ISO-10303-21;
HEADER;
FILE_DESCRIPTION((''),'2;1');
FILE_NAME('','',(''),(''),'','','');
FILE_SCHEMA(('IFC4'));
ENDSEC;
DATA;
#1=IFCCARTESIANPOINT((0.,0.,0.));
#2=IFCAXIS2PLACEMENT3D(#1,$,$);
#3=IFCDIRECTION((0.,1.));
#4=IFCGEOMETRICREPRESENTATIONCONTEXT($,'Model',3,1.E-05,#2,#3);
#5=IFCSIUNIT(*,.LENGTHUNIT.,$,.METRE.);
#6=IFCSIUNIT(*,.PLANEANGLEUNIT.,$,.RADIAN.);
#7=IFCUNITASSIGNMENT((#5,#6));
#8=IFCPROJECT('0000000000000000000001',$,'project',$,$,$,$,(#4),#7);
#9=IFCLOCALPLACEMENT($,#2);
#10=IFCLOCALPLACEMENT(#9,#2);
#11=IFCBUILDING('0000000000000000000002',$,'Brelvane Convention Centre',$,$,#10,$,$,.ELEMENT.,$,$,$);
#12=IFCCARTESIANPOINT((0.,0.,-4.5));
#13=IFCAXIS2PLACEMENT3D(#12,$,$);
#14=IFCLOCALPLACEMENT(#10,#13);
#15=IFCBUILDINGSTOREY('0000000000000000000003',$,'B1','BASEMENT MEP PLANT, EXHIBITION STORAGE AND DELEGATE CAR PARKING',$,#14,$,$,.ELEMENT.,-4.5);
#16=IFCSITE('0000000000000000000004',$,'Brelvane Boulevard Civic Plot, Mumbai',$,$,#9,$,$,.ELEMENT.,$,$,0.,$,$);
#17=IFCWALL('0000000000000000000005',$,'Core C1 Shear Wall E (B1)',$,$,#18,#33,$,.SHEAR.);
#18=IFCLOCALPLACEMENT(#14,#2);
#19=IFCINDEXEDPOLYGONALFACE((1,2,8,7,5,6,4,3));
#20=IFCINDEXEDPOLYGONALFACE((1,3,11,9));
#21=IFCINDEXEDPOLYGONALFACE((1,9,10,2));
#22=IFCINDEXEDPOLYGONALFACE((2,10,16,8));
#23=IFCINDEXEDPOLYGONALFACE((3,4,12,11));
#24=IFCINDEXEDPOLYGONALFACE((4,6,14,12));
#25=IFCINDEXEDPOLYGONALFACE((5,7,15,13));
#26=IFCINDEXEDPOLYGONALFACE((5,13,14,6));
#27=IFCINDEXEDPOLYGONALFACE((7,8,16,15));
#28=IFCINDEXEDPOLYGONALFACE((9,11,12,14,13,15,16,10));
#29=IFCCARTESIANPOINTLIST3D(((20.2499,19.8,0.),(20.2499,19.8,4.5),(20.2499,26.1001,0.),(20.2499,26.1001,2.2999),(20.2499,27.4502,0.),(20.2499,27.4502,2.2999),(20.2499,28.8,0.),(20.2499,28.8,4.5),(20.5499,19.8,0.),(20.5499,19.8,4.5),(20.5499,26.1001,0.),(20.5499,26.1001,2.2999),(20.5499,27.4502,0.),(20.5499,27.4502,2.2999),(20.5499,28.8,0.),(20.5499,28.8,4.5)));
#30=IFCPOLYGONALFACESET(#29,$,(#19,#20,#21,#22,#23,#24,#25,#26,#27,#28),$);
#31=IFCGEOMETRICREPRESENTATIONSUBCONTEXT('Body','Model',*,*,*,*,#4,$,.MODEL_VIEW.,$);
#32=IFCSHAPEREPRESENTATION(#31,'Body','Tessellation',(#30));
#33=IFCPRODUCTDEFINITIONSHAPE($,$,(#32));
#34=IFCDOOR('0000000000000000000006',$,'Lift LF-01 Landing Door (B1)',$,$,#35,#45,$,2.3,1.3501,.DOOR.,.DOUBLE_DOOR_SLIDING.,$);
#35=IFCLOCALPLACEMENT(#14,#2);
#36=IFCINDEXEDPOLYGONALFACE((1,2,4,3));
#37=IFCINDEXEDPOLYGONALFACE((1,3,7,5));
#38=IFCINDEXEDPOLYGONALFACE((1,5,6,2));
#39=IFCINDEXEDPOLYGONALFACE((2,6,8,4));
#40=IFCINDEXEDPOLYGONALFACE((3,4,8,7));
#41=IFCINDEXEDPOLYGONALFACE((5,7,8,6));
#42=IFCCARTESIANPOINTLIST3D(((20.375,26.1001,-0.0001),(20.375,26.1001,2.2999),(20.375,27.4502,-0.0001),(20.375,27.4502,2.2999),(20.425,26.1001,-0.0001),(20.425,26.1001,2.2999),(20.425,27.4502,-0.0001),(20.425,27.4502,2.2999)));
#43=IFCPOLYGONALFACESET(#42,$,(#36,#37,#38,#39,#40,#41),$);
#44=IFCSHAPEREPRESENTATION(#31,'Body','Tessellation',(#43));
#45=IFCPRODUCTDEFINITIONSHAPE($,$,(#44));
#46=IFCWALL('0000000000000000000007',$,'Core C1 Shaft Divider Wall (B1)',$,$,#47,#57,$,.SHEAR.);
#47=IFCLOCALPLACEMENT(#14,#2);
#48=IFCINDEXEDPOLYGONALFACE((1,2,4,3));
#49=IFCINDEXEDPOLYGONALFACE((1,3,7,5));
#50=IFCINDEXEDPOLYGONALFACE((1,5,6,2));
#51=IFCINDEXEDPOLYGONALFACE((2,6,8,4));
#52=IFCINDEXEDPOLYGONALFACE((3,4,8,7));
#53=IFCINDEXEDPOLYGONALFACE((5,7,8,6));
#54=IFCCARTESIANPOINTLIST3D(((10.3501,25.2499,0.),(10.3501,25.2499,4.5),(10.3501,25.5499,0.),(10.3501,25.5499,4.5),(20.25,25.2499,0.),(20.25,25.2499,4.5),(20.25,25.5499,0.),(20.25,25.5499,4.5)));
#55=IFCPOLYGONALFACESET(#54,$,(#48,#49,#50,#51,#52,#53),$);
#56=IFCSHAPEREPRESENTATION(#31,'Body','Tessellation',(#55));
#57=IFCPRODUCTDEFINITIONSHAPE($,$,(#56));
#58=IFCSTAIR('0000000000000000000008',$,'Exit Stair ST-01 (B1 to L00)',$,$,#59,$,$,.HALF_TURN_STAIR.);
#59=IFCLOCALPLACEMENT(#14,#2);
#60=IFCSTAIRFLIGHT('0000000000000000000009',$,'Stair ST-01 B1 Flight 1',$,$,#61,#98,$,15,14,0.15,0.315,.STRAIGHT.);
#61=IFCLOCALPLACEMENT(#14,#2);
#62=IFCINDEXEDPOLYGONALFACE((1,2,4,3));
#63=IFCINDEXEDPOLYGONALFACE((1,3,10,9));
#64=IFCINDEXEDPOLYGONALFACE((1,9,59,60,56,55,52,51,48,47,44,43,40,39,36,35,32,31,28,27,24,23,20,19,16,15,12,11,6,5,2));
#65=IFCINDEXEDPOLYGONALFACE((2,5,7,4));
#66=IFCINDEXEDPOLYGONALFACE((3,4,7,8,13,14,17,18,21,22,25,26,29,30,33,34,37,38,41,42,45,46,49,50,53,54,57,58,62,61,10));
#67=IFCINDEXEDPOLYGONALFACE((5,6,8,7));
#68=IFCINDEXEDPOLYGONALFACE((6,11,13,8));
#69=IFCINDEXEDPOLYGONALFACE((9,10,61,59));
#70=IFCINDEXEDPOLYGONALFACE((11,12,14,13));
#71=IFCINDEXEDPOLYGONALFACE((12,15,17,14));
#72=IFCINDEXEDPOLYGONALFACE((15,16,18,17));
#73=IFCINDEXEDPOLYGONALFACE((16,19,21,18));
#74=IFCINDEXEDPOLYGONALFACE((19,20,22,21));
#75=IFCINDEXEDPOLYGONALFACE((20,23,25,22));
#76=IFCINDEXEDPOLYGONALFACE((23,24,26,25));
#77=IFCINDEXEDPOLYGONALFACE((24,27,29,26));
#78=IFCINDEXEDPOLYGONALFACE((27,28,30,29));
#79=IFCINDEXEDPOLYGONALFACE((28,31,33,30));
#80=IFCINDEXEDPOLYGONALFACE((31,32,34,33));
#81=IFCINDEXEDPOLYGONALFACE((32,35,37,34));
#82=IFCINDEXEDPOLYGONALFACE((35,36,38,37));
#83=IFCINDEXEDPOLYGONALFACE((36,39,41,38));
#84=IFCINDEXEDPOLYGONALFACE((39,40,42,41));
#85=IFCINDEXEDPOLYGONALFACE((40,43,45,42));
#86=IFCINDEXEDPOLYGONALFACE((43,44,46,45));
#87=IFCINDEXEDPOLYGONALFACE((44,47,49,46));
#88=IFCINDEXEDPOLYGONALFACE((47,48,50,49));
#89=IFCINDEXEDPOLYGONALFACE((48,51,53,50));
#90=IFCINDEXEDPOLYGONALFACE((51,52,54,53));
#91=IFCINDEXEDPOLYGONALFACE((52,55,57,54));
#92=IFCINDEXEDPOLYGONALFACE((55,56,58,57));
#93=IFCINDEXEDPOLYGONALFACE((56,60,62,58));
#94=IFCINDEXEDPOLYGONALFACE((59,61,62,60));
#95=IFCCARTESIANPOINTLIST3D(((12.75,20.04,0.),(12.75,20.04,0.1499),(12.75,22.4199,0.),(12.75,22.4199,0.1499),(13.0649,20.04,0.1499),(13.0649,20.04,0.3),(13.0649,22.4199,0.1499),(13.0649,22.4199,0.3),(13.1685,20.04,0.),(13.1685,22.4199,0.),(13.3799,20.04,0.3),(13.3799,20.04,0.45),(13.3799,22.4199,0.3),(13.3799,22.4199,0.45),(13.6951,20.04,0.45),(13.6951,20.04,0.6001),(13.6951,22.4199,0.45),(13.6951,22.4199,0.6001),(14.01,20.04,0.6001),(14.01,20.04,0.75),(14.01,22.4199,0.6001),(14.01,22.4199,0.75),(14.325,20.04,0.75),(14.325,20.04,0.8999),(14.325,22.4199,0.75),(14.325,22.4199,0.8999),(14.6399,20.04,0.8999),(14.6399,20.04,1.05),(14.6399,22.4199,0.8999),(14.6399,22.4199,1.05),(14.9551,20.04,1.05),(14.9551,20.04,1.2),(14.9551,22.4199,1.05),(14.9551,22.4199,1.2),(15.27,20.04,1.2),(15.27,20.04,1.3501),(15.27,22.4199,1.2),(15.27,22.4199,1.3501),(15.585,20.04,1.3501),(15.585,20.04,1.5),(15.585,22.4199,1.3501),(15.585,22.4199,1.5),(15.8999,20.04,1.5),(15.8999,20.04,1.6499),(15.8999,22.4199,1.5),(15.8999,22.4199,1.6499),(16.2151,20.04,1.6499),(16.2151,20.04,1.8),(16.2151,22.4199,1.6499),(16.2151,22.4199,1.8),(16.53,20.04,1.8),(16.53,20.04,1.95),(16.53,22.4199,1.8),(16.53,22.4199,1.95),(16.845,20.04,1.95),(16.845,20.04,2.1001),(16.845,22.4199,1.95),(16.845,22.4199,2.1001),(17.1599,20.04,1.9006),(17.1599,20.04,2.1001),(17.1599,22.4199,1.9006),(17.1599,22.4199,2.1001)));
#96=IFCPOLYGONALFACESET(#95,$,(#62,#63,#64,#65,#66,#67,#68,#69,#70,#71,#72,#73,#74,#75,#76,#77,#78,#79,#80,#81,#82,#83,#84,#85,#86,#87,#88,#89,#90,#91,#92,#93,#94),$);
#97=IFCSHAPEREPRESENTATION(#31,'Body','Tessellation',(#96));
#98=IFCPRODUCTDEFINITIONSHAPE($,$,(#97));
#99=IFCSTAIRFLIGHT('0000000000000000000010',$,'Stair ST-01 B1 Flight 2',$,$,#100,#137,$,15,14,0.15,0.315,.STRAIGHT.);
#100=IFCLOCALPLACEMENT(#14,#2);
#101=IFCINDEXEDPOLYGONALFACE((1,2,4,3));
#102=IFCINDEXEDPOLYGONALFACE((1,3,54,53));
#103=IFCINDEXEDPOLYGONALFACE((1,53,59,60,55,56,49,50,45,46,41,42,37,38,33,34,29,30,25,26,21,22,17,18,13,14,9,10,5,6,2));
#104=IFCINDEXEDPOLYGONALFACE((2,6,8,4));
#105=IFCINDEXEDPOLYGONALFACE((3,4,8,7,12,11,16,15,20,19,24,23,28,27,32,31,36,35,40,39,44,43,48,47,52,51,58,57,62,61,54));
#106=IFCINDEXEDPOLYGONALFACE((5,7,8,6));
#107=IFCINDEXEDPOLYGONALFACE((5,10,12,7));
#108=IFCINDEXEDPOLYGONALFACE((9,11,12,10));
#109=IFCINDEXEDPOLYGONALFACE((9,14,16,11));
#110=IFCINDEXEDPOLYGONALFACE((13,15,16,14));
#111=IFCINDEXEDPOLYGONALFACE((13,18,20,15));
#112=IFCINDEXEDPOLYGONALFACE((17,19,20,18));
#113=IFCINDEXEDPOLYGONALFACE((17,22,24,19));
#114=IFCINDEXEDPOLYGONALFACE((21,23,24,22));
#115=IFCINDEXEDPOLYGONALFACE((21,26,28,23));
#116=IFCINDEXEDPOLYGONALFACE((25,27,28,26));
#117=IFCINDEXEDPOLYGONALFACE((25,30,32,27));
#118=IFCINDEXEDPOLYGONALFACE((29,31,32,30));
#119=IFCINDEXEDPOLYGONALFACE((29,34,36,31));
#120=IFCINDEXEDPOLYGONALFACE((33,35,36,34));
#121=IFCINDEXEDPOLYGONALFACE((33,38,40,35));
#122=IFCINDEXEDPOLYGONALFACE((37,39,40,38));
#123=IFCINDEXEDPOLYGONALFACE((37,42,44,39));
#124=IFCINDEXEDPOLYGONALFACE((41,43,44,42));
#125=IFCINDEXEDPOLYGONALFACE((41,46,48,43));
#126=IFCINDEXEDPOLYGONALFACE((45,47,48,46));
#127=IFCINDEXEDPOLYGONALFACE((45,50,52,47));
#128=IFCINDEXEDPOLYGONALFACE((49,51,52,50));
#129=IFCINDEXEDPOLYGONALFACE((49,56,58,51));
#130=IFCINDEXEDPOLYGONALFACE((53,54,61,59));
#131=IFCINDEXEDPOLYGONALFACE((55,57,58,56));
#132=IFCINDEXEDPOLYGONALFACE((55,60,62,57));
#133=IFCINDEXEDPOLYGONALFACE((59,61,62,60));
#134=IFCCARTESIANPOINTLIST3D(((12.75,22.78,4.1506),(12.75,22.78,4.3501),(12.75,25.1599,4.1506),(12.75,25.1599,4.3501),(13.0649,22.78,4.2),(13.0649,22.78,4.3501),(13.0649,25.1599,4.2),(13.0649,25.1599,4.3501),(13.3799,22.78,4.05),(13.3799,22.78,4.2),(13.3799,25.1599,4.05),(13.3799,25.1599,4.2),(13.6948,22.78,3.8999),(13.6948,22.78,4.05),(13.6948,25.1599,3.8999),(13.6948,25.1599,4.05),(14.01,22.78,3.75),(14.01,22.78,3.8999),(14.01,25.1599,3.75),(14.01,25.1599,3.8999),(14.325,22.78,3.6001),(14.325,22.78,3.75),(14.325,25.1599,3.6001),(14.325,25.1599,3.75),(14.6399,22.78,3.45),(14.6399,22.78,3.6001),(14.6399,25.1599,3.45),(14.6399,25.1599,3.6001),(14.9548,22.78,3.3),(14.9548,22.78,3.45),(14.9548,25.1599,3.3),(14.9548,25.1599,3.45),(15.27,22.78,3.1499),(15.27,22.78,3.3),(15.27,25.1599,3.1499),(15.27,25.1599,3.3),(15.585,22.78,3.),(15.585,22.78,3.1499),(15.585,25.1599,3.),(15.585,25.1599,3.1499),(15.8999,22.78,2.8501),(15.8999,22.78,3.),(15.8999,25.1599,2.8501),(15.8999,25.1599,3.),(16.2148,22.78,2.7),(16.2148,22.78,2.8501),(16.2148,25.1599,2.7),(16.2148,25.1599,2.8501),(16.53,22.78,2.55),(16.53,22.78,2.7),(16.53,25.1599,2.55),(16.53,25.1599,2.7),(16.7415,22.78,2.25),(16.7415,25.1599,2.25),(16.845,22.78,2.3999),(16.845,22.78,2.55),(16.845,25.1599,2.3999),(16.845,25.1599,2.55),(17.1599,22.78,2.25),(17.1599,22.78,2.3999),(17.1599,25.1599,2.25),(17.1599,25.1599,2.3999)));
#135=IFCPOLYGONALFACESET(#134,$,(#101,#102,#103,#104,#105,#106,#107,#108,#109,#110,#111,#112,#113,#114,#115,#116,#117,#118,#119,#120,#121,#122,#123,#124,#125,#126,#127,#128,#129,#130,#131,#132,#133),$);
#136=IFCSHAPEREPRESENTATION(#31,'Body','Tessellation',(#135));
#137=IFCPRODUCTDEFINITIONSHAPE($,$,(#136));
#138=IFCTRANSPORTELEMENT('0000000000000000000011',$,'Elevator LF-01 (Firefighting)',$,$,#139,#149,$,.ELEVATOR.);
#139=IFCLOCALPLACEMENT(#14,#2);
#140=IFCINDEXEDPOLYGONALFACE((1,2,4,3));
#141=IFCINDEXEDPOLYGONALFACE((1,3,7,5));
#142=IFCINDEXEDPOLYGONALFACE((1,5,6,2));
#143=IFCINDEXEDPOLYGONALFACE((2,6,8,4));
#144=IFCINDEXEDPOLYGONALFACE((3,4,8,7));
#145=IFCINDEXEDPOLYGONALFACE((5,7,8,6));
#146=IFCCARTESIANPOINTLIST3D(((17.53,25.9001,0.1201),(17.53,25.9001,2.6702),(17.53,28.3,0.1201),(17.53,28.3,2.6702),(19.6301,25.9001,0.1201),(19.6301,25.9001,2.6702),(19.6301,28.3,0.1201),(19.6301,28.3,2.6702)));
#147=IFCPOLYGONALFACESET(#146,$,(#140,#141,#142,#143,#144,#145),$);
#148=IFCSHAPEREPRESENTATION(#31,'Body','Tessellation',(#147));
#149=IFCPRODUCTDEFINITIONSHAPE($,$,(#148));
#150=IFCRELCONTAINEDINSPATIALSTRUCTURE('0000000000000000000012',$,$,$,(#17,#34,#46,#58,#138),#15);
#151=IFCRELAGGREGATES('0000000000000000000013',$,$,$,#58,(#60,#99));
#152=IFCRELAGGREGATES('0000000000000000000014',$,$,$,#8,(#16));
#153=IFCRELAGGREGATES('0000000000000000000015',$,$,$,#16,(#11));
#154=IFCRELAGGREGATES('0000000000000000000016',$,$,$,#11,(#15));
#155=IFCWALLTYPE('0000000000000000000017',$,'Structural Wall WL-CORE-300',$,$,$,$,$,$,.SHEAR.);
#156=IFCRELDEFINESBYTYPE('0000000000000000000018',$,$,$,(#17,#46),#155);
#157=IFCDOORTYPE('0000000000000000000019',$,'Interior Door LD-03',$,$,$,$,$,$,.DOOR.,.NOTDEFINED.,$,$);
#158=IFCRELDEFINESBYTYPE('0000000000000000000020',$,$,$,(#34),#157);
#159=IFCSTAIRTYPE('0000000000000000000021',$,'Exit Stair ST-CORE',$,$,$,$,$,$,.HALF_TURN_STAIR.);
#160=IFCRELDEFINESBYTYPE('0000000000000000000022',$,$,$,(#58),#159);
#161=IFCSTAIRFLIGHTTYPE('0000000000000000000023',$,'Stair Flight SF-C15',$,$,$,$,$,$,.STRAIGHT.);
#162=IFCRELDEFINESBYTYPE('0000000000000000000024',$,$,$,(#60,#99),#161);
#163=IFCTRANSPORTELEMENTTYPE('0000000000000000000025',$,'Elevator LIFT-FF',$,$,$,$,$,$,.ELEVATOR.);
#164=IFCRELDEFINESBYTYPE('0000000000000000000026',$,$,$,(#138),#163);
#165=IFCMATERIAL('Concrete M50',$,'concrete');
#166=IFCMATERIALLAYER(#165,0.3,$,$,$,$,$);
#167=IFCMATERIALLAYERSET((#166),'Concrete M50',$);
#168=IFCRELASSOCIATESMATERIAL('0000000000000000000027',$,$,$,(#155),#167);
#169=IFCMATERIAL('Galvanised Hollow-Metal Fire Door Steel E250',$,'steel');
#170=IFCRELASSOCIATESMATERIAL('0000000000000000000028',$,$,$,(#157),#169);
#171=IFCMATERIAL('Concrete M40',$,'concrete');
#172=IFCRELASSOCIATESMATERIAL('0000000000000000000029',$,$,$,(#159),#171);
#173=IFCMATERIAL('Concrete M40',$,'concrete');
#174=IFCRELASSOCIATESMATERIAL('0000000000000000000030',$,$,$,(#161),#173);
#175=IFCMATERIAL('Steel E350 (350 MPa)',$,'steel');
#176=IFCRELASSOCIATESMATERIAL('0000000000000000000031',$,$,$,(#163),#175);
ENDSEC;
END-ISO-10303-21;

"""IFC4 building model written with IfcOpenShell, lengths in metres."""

from ifc_helpers import new_model, si_unit, direction, frame, frame_2d, origin, origin_2d, place, context, subcontext, project, spatial, polyline, rectangle, outline, extrude, material, layer, layer_set, type_object, element, fill, aggregate, save


model = new_model("IFC4")

# Units and contexts
model_context = context("Model", 3, precision=1e-05, world=origin(), true_north=direction((0.0, 1.0)))
body_context = subcontext(model_context, "Body", "Model", "MODEL_VIEW")
ifc_project = project(units=[si_unit("LENGTHUNIT", "METRE"), si_unit("PLANEANGLEUNIT", "RADIAN")], contexts=[model_context])

# Site, building, storey
site_placement = place(None, origin())
site = spatial("IfcSite", under=ifc_project, at=site_placement, Name="Brelvane Boulevard Civic Plot, Mumbai", CompositionType="ELEMENT", RefElevation=0.0)
building_placement = place(site_placement, origin())
building = spatial("IfcBuilding", under=site, at=building_placement, Name="Brelvane Convention Centre", CompositionType="ELEMENT")
storey_placement = place(building_placement, frame((0.0, 0.0, -4.5)))
storey = spatial("IfcBuildingStorey", under=building, at=storey_placement, Name="B1", Description="BASEMENT MEP PLANT, EXHIBITION STORAGE AND DELEGATE CAR PARKING", CompositionType="ELEMENT", Elevation=-4.5)

# Wall, opening, door
ifc_material_1 = material(Name="Concrete M50", Category="concrete")
ifc_layer_1 = layer(ifc_material_1, 0.3)
ifc_layer_set_1 = layer_set([ifc_layer_1], Name="Concrete M50")
wall_type_1 = type_object("IfcWallType", Name="Structural Wall WL-CORE-300", PredefinedType="SHEAR", material=ifc_layer_set_1)
wall_1_placement = place(storey_placement, frame((20.3999, 19.8, 0.0), z_axis=(0.0, 0.0, 1.0), x_axis=(0.0, 1.0, 0.0)))
wall_1 = element("IfcWall", 1, at=wall_1_placement, inside=storey, type_object=wall_type_1, Name="Core C1 Shear Wall E (B1)", PredefinedType="SHEAR", context=body_context, shape_type="SweptSolid", body=[
    extrude(rectangle(XDim=9.0, YDim=0.3, at=frame_2d((4.5, 0.0))), origin(), (0.0, 0.0, 1.0), 4.5),
])
opening_1_placement = place(wall_1_placement, frame((6.3, 0.0, 0.0)))
opening_1 = element("IfcOpeningElement", 2, at=opening_1_placement, cuts=wall_1, PredefinedType="OPENING", context=body_context, shape_type="SweptSolid", body=[
    extrude(rectangle(XDim=1.3501, YDim=2.3, at=frame_2d((0.675, 1.1499))), frame((0.0, 0.1599, 0.0), z_axis=(0.0, -1.0, 0.0), x_axis=(1.0, 0.0, 0.0)), (0.0, 0.0, 1.0), 0.3201),
])
ifc_material_2 = material(Name="Galvanised Hollow-Metal Fire Door Steel E250", Category="steel")
door_type_1 = type_object("IfcDoorType", Name="Interior Door LD-03", OperationType="NOTDEFINED", PredefinedType="DOOR", material=ifc_material_2)
door_1_placement = place(opening_1_placement, origin())
door_1 = element("IfcDoor", 3, at=door_1_placement, inside=storey, type_object=door_type_1, Name="Lift LF-01 Landing Door (B1)", OperationType="DOUBLE_DOOR_SLIDING", OverallHeight=2.3, OverallWidth=1.3501, PredefinedType="DOOR", context=body_context, shape_type="SweptSolid", body=[
    extrude(rectangle(XDim=1.3501, YDim=2.3, at=frame_2d((0.675, 1.1499))), frame((0.0, 0.0249, 0.0), z_axis=(0.0, -1.0, 0.0), x_axis=(1.0, 0.0, 0.0)), (0.0, 0.0, 1.0), 0.05),
])
fill(opening_1, door_1)

# Wall
wall_2_placement = place(storey_placement, frame((10.3501, 25.3999, 0.0), z_axis=(0.0, 0.0, 1.0), x_axis=(1.0, 0.0, 0.0)))
element("IfcWall", 4, at=wall_2_placement, inside=storey, type_object=wall_type_1, Name="Core C1 Shaft Divider Wall (B1)", PredefinedType="SHEAR", context=body_context, shape_type="SweptSolid", body=[
    extrude(rectangle(XDim=9.8999, YDim=0.3, at=frame_2d((4.95, 0.0))), origin(), (0.0, 0.0, 1.0), 4.5),
])

# Stair, stair flights
ifc_material_3 = material(Name="Concrete M40", Category="concrete")
stair_type = type_object("IfcStairType", Name="Exit Stair ST-CORE", PredefinedType="HALF_TURN_STAIR", material=ifc_material_3)
stair_placement = place(storey_placement, origin())
stair = element("IfcStair", 5, at=stair_placement, inside=storey, type_object=stair_type, Name="Exit Stair ST-01 (B1 to L00)", PredefinedType="HALF_TURN_STAIR")
ifc_material_4 = material(Name="Concrete M40", Category="concrete")
stair_flight_type = type_object("IfcStairFlightType", Name="Stair Flight SF-C15", PredefinedType="STRAIGHT", material=ifc_material_4)
stair_flight_1_placement = place(storey_placement, frame((12.75, 21.23, 0.0), z_axis=(0.0, 0.0, 1.0), x_axis=(1.0, 0.0, 0.0)))
stair_flight_1 = element("IfcStairFlight", 6, at=stair_flight_1_placement, type_object=stair_flight_type, Name="Stair ST-01 B1 Flight 1", NumberOfRisers=15, NumberOfTreads=14, PredefinedType="STRAIGHT", RiserHeight=0.15, TreadLength=0.315, context=body_context, shape_type="SweptSolid", body=[
    extrude(outline(polyline([(0.0, 0.0), (0.0, 0.1499), (0.3149, 0.1499), (0.3149, 0.3), (0.6299, 0.3), (0.6299, 0.45), (0.9451, 0.45), (0.9451, 0.6001), (1.26, 0.6001), (1.26, 0.75), (1.575, 0.75), (1.575, 0.8999), (1.8899, 0.8999), (1.8899, 1.05), (2.2051, 1.05), (2.2051, 1.2), (2.52, 1.2), (2.52, 1.3501), (2.835, 1.3501), (2.835, 1.5), (3.1499, 1.5), (3.1499, 1.6499), (3.4651, 1.6499), (3.4651, 1.8), (3.78, 1.8), (3.78, 1.95), (4.095, 1.95), (4.095, 2.1001), (4.4099, 2.1001), (4.4099, 2.25), (4.4099, 1.9006), (0.4185, 0.0), (0.0, 0.0)])), frame((0.0, 1.1899, 0.0), z_axis=(0.0, -1.0, 0.0), x_axis=(1.0, 0.0, 0.0)), (0.0, 0.0, 1.0), 2.3799),
])
stair_flight_2_placement = place(storey_placement, frame((17.1599, 23.97, 2.25), z_axis=(0.0, 0.0, 1.0), x_axis=(-1.0, 0.0, 0.0)))
stair_flight_2 = element("IfcStairFlight", 7, at=stair_flight_2_placement, type_object=stair_flight_type, Name="Stair ST-01 B1 Flight 2", NumberOfRisers=15, NumberOfTreads=14, PredefinedType="STRAIGHT", RiserHeight=0.15, TreadLength=0.315, context=body_context, shape_type="SweptSolid", body=[
    extrude(outline(polyline([(0.0, 0.0), (0.0, 0.1499), (0.3149, 0.1499), (0.3149, 0.3), (0.6299, 0.3), (0.6299, 0.45), (0.9451, 0.45), (0.9451, 0.6001), (1.26, 0.6001), (1.26, 0.75), (1.575, 0.75), (1.575, 0.8999), (1.8899, 0.8999), (1.8899, 1.05), (2.2051, 1.05), (2.2051, 1.2), (2.52, 1.2), (2.52, 1.3501), (2.835, 1.3501), (2.835, 1.5), (3.1499, 1.5), (3.1499, 1.6499), (3.4651, 1.6499), (3.4651, 1.8), (3.78, 1.8), (3.78, 1.95), (4.095, 1.95), (4.095, 2.1001), (4.4099, 2.1001), (4.4099, 2.25), (4.4099, 1.9006), (0.4185, 0.0), (0.0, 0.0)])), frame((0.0, 1.1899, 0.0), z_axis=(0.0, -1.0, 0.0), x_axis=(1.0, 0.0, 0.0)), (0.0, 0.0, 1.0), 2.3799),
])
aggregate(stair, [stair_flight_1, stair_flight_2])

# Transport element
ifc_material_5 = material(Name="Steel E350 (350 MPa)", Category="steel")
transport_element_type = type_object("IfcTransportElementType", Name="Elevator LIFT-FF", PredefinedType="ELEVATOR", material=ifc_material_5)
transport_element_placement = place(storey_placement, frame((18.5801, 27.1001, 0.1201), z_axis=(0.0, 0.0, 1.0), x_axis=(1.0, 0.0, 0.0)))
element("IfcTransportElement", 8, at=transport_element_placement, inside=storey, type_object=transport_element_type, Name="Elevator LF-01 (Firefighting)", PredefinedType="ELEVATOR", context=body_context, shape_type="SweptSolid", body=[
    extrude(rectangle(XDim=2.1001, YDim=2.3999, at=origin_2d()), origin(), (0.0, 0.0, 1.0), 2.55),
])

save(model, "model.ifc")
